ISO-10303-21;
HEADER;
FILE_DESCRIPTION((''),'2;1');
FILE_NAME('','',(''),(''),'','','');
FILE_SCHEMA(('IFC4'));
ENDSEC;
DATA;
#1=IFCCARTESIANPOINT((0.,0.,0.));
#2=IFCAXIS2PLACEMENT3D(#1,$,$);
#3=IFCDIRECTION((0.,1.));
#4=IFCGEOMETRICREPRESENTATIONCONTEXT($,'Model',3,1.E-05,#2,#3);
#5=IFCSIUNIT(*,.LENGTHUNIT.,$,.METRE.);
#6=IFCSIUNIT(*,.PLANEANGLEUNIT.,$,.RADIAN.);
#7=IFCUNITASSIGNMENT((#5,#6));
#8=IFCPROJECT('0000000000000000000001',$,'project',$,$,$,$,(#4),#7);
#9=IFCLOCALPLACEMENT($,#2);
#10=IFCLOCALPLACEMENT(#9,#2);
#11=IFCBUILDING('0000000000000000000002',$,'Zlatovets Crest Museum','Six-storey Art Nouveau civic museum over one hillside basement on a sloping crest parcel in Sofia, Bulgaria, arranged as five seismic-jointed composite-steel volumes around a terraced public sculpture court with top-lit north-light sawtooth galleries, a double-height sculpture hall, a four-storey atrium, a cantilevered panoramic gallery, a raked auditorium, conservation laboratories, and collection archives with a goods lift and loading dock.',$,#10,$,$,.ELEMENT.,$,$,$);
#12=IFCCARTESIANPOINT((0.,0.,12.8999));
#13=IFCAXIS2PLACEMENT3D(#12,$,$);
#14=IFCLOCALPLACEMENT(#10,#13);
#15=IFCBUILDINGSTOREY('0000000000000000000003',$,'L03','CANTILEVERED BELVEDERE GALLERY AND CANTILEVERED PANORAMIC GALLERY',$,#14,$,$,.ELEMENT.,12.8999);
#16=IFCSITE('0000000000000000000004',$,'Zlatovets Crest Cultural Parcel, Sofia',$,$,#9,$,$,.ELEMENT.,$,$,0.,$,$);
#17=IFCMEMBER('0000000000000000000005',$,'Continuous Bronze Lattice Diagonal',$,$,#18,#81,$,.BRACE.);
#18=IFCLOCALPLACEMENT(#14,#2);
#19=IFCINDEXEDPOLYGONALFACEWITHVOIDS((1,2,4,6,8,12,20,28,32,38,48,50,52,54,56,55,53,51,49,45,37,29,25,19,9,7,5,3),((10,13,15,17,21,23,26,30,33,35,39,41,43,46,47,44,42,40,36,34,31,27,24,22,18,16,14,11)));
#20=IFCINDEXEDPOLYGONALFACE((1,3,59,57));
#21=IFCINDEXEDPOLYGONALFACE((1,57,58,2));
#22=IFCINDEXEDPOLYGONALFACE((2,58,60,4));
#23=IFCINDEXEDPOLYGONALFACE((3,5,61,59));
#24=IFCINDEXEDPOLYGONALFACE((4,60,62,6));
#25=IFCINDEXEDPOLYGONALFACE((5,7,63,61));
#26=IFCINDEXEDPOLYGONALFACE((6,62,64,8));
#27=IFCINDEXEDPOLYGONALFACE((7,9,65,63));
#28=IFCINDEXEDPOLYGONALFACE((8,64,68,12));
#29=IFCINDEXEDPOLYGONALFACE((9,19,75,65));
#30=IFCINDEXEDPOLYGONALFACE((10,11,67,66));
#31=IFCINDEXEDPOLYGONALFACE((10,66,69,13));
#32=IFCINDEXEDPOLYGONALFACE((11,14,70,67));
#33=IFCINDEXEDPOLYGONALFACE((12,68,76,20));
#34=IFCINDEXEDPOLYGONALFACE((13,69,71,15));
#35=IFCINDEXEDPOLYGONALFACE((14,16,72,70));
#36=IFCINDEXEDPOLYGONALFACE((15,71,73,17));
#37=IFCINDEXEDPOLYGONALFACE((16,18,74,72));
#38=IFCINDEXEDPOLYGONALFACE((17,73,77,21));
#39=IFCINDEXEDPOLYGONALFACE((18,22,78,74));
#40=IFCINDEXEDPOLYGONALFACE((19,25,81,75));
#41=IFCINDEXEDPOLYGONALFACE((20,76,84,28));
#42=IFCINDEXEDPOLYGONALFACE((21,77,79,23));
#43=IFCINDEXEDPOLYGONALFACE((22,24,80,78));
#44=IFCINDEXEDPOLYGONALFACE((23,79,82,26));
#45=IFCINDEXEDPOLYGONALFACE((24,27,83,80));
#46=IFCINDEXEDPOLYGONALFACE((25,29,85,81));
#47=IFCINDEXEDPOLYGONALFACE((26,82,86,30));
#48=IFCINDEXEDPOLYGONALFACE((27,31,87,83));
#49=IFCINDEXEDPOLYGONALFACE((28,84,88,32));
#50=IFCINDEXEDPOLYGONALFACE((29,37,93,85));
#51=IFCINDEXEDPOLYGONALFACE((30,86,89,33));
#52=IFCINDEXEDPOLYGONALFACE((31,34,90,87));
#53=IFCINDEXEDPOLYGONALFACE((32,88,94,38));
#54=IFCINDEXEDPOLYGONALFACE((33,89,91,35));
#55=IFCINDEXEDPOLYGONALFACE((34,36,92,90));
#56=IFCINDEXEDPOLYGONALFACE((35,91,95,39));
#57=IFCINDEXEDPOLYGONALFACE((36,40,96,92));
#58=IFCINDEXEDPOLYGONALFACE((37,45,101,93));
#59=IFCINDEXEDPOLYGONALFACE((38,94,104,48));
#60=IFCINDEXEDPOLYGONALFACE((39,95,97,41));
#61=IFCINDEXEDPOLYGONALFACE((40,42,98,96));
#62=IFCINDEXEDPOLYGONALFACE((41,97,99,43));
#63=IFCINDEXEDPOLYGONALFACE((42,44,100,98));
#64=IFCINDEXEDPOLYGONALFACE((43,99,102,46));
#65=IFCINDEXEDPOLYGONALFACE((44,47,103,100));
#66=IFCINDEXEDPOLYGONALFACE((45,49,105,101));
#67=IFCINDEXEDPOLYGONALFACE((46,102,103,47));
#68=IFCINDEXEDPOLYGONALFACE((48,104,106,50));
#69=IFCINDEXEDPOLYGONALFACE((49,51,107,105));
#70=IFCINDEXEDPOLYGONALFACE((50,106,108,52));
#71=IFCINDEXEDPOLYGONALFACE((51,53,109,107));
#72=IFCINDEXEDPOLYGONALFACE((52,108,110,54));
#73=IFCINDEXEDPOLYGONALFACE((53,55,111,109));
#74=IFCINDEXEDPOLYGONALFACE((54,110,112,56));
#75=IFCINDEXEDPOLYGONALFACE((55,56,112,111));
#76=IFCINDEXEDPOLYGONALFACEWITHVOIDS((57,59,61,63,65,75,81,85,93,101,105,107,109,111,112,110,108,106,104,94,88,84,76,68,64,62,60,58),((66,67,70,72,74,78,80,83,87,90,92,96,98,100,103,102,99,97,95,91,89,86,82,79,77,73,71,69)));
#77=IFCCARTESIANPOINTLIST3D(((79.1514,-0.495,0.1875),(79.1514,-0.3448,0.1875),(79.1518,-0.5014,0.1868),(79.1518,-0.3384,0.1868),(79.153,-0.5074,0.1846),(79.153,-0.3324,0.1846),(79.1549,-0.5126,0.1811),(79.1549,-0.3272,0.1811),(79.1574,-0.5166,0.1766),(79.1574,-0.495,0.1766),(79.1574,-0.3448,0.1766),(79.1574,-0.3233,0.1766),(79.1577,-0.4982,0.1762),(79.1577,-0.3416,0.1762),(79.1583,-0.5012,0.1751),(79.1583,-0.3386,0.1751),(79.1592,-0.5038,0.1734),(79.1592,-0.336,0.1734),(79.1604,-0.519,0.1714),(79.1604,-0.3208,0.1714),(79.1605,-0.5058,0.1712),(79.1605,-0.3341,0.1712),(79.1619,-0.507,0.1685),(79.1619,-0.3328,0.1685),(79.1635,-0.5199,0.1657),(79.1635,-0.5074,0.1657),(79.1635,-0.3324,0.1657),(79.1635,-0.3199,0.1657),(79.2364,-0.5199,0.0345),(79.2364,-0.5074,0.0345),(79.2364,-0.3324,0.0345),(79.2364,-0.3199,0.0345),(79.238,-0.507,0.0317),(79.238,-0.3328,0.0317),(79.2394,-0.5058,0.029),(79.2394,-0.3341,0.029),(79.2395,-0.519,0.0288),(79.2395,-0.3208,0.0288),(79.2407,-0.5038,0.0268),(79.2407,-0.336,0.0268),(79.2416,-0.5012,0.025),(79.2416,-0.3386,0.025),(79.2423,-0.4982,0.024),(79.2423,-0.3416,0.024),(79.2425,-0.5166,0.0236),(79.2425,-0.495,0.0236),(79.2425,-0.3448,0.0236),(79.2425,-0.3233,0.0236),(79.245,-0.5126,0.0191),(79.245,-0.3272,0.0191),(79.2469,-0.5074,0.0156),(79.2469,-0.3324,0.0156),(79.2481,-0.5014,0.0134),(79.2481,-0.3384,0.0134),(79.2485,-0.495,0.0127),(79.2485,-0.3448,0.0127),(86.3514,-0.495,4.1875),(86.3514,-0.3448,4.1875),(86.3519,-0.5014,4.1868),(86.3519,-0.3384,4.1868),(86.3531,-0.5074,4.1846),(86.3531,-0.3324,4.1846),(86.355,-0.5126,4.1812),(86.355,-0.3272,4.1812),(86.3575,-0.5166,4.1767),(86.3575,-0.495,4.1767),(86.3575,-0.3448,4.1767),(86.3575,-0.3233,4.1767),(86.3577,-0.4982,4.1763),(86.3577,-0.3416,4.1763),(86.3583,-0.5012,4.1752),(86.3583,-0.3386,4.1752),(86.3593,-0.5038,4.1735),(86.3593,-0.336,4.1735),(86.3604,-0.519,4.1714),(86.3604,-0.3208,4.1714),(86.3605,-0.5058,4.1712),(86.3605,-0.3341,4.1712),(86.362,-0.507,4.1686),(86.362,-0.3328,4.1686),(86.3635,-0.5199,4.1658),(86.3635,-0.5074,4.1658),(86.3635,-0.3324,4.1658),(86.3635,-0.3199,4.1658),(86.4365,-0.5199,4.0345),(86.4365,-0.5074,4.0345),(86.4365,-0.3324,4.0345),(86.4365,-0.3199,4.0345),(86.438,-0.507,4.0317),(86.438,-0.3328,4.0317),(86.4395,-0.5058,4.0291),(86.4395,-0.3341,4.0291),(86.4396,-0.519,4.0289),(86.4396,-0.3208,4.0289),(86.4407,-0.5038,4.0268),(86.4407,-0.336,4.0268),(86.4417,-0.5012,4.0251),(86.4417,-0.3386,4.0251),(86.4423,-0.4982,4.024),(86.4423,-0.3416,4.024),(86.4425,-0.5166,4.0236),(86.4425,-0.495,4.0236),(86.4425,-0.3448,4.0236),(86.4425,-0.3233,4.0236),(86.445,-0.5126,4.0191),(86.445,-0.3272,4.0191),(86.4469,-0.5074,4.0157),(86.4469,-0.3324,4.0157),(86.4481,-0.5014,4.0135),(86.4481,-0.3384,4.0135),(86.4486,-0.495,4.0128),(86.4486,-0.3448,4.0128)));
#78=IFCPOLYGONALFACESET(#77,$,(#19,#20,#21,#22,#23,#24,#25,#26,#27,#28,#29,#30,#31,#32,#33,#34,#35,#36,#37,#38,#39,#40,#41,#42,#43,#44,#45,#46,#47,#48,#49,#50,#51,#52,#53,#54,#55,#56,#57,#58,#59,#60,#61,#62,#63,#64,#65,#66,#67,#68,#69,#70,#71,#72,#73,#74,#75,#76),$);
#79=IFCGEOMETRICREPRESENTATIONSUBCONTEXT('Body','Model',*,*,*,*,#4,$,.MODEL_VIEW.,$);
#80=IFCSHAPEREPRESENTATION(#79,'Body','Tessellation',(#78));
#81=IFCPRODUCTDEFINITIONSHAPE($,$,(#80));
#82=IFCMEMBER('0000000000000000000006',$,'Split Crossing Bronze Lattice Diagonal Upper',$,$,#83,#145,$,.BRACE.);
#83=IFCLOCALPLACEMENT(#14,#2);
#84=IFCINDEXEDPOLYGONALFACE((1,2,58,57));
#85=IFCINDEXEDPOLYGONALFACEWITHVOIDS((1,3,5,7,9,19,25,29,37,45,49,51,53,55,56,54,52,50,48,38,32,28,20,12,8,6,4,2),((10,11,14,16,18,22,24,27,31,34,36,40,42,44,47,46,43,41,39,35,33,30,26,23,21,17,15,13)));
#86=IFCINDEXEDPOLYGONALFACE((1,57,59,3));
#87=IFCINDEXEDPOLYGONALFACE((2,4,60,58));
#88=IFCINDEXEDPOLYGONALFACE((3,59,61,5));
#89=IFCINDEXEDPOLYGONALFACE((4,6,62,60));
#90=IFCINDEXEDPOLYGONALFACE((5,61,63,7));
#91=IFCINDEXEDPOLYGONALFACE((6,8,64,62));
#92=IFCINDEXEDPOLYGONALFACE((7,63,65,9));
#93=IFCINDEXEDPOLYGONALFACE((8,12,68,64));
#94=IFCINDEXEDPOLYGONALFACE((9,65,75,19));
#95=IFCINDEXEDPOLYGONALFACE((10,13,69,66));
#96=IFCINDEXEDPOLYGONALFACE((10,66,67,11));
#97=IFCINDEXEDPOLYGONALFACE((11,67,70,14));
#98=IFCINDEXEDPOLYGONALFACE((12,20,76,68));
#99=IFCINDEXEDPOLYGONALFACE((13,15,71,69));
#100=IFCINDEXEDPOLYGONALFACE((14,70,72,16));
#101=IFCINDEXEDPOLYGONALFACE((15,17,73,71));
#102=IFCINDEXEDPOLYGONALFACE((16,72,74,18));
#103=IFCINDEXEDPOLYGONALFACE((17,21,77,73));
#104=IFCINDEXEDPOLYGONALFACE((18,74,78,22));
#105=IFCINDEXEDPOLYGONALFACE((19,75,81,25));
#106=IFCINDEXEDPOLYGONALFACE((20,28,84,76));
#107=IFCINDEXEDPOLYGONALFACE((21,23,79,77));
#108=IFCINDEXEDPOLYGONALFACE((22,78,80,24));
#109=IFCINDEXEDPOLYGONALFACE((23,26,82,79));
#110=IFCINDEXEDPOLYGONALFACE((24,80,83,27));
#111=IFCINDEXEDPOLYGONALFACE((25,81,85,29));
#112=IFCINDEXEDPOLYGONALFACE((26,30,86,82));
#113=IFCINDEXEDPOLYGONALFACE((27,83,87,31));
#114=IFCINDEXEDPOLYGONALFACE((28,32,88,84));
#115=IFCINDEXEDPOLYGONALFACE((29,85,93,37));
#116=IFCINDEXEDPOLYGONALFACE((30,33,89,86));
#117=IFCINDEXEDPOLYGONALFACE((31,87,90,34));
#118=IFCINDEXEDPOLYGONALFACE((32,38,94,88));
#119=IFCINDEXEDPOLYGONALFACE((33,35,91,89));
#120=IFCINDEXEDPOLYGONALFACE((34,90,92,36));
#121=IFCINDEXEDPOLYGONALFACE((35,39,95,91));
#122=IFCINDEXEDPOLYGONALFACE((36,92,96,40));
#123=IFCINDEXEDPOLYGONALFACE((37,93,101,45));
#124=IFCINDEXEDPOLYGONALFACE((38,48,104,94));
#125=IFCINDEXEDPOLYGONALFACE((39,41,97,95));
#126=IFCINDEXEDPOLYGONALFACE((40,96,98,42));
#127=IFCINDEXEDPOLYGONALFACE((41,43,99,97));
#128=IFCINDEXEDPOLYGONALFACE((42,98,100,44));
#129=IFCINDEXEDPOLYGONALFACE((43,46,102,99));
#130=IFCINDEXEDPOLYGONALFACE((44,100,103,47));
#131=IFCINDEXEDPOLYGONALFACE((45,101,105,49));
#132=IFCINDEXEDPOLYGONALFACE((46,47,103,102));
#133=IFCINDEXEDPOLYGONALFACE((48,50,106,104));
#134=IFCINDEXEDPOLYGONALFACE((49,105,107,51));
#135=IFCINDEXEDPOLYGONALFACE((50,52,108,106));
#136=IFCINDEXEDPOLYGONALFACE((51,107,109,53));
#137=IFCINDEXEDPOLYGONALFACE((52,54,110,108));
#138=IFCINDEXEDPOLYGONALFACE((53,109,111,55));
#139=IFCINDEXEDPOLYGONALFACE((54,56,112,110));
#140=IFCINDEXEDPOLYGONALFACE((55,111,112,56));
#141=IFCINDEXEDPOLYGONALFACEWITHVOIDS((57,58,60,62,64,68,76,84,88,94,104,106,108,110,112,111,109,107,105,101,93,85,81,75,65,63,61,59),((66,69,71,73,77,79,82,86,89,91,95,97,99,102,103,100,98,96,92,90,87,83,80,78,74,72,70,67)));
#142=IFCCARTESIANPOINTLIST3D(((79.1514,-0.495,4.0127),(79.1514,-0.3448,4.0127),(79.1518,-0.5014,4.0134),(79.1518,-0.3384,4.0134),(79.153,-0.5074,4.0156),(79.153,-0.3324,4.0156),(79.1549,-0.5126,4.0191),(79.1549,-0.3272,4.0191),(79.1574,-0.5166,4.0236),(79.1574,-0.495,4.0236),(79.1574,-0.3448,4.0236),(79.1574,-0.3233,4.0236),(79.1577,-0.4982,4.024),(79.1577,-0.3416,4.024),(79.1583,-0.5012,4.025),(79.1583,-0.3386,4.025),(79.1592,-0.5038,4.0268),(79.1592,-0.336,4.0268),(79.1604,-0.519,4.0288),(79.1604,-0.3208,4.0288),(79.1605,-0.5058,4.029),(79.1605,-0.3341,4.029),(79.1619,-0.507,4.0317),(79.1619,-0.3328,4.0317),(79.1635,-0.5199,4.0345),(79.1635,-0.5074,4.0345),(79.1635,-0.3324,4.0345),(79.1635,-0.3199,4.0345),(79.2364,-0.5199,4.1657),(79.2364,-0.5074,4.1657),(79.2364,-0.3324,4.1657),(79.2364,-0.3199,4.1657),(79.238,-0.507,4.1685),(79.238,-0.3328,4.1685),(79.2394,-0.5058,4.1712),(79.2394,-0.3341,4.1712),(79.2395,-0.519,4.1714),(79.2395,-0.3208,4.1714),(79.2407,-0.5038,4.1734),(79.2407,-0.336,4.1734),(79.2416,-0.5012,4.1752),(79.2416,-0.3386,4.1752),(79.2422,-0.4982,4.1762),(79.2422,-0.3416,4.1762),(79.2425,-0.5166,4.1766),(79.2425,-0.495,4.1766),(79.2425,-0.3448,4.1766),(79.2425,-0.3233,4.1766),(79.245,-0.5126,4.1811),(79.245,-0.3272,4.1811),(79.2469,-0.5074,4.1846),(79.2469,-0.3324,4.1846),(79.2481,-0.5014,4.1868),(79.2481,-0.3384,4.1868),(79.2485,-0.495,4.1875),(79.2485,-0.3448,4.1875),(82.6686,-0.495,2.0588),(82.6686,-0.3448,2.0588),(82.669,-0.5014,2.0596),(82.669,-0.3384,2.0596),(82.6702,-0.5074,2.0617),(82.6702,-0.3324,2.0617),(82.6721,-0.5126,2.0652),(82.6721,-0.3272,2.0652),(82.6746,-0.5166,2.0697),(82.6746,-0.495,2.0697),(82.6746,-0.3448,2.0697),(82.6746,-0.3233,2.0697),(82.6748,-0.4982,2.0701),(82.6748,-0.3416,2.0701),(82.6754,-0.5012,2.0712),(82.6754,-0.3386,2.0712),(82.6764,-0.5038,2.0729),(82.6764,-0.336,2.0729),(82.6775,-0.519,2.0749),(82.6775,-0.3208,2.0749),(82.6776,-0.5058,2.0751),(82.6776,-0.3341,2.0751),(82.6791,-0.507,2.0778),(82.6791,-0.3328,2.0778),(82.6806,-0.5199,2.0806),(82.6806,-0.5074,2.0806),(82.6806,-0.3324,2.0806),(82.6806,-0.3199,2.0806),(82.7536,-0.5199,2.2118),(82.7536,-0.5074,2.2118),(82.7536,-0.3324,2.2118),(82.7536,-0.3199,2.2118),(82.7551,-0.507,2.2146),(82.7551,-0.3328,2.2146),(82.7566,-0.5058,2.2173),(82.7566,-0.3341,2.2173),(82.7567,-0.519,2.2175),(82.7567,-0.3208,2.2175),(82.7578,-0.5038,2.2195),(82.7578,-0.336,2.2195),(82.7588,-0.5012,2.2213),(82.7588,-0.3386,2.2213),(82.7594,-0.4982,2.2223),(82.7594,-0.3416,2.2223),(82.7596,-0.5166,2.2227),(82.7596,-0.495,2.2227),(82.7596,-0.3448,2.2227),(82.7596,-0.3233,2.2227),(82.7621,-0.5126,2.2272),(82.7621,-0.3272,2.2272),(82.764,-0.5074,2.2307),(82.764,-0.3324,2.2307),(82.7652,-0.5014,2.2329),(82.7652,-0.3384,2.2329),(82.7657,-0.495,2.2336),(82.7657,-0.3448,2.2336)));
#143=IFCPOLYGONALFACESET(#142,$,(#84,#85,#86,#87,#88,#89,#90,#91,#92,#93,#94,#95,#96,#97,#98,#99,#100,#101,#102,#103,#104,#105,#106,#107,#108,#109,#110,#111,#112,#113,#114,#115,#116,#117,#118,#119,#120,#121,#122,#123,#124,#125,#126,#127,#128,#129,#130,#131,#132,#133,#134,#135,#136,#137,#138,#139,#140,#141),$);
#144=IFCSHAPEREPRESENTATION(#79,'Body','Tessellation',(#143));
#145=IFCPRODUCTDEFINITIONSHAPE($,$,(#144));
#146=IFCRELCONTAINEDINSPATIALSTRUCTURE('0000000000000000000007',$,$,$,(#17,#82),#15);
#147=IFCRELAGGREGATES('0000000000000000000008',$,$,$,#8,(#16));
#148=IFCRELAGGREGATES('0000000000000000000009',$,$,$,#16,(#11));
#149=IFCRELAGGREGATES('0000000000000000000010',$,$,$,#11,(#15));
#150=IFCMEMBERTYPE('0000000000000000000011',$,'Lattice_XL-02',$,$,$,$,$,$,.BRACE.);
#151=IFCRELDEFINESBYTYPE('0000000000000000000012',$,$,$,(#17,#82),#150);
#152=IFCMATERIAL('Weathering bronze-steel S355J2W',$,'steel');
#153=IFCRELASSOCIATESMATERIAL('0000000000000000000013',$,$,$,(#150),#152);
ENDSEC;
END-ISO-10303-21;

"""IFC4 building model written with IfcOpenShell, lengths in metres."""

from ifc_helpers import new_model, si_unit, direction, frame, origin, origin_2d, place, context, subcontext, project, spatial, hollow_rectangle, extrude, material, material_profile, profile_set, type_object, element, save


model = new_model("IFC4")

# Units and contexts
model_context = context("Model", 3, precision=1e-05, world=origin(), true_north=direction((0.0, 1.0)))
body_context = subcontext(model_context, "Body", "Model", "MODEL_VIEW")
ifc_project = project(units=[si_unit("LENGTHUNIT", "METRE"), si_unit("PLANEANGLEUNIT", "RADIAN")], contexts=[model_context])

# Site, building, storey
site_placement = place(None, origin())
site = spatial("IfcSite", under=ifc_project, at=site_placement, Name="Zlatovets Crest Cultural Parcel, Sofia", CompositionType="ELEMENT", RefElevation=0.0)
building_placement = place(site_placement, origin())
building = spatial("IfcBuilding", under=site, at=building_placement, Name="Zlatovets Crest Museum", Description="Six-storey Art Nouveau civic museum over one hillside basement on a sloping crest parcel in Sofia, Bulgaria, arranged as five seismic-jointed composite-steel volumes around a terraced public sculpture court with top-lit north-light sawtooth galleries, a double-height sculpture hall, a four-storey atrium, a cantilevered panoramic gallery, a raked auditorium, conservation laboratories, and collection archives with a goods lift and loading dock.", CompositionType="ELEMENT")
storey_placement = place(building_placement, frame((0.0, 0.0, 12.8999)))
storey = spatial("IfcBuildingStorey", under=building, at=storey_placement, Name="L03", Description="CANTILEVERED BELVEDERE GALLERY AND CANTILEVERED PANORAMIC GALLERY", CompositionType="ELEMENT", Elevation=12.8999)

# Members
ifc_material_1 = material(Name="Weathering bronze-steel S355J2W", Category="steel")
ifc_material_profile_1 = material_profile(ifc_material_1, hollow_rectangle(XDim=0.2, YDim=0.2, WallThickness=0.0125, InnerFilletRadius=0.0125, OuterFilletRadius=0.0249, at=origin_2d()), Name="SHS 200x200x12.5")
ifc_profile_set_1 = profile_set([ifc_material_profile_1], Name="Weathering bronze-steel S355J2W")
member_type_1 = type_object("IfcMemberType", Name="Lattice_XL-02", PredefinedType="BRACE", material=ifc_profile_set_1)
member_1_placement = place(storey_placement, frame((79.2, -0.4199, 0.1001), z_axis=(0.874156, 0.0, 0.485645), x_axis=(0.0, 1.0, 0.0)))
element("IfcMember", 1, at=member_1_placement, inside=storey, type_object=member_type_1, Name="Continuous Bronze Lattice Diagonal", PredefinedType="BRACE", context=body_context, shape_type="SweptSolid", body=[
    extrude(hollow_rectangle(XDim=0.2, YDim=0.2, WallThickness=0.0125, InnerFilletRadius=0.0125, OuterFilletRadius=0.0249, at=origin_2d()), origin(), (0.0, 0.0, 1.0), 8.2366),
])
member_2_placement = place(storey_placement, frame((79.2, -0.4199, 4.1001), z_axis=(0.874166, 0.0, -0.485627), x_axis=(0.0, 1.0, 0.0)))
element("IfcMember", 2, at=member_2_placement, inside=storey, type_object=member_type_1, Name="Split Crossing Bronze Lattice Diagonal Upper", PredefinedType="BRACE", context=body_context, shape_type="SweptSolid", body=[
    extrude(hollow_rectangle(XDim=0.2, YDim=0.2, WallThickness=0.0125, InnerFilletRadius=0.0125, OuterFilletRadius=0.0249, at=origin_2d()), origin(), (0.0, 0.0, 1.0), 4.0234),
])

save(model, "model.ifc")
